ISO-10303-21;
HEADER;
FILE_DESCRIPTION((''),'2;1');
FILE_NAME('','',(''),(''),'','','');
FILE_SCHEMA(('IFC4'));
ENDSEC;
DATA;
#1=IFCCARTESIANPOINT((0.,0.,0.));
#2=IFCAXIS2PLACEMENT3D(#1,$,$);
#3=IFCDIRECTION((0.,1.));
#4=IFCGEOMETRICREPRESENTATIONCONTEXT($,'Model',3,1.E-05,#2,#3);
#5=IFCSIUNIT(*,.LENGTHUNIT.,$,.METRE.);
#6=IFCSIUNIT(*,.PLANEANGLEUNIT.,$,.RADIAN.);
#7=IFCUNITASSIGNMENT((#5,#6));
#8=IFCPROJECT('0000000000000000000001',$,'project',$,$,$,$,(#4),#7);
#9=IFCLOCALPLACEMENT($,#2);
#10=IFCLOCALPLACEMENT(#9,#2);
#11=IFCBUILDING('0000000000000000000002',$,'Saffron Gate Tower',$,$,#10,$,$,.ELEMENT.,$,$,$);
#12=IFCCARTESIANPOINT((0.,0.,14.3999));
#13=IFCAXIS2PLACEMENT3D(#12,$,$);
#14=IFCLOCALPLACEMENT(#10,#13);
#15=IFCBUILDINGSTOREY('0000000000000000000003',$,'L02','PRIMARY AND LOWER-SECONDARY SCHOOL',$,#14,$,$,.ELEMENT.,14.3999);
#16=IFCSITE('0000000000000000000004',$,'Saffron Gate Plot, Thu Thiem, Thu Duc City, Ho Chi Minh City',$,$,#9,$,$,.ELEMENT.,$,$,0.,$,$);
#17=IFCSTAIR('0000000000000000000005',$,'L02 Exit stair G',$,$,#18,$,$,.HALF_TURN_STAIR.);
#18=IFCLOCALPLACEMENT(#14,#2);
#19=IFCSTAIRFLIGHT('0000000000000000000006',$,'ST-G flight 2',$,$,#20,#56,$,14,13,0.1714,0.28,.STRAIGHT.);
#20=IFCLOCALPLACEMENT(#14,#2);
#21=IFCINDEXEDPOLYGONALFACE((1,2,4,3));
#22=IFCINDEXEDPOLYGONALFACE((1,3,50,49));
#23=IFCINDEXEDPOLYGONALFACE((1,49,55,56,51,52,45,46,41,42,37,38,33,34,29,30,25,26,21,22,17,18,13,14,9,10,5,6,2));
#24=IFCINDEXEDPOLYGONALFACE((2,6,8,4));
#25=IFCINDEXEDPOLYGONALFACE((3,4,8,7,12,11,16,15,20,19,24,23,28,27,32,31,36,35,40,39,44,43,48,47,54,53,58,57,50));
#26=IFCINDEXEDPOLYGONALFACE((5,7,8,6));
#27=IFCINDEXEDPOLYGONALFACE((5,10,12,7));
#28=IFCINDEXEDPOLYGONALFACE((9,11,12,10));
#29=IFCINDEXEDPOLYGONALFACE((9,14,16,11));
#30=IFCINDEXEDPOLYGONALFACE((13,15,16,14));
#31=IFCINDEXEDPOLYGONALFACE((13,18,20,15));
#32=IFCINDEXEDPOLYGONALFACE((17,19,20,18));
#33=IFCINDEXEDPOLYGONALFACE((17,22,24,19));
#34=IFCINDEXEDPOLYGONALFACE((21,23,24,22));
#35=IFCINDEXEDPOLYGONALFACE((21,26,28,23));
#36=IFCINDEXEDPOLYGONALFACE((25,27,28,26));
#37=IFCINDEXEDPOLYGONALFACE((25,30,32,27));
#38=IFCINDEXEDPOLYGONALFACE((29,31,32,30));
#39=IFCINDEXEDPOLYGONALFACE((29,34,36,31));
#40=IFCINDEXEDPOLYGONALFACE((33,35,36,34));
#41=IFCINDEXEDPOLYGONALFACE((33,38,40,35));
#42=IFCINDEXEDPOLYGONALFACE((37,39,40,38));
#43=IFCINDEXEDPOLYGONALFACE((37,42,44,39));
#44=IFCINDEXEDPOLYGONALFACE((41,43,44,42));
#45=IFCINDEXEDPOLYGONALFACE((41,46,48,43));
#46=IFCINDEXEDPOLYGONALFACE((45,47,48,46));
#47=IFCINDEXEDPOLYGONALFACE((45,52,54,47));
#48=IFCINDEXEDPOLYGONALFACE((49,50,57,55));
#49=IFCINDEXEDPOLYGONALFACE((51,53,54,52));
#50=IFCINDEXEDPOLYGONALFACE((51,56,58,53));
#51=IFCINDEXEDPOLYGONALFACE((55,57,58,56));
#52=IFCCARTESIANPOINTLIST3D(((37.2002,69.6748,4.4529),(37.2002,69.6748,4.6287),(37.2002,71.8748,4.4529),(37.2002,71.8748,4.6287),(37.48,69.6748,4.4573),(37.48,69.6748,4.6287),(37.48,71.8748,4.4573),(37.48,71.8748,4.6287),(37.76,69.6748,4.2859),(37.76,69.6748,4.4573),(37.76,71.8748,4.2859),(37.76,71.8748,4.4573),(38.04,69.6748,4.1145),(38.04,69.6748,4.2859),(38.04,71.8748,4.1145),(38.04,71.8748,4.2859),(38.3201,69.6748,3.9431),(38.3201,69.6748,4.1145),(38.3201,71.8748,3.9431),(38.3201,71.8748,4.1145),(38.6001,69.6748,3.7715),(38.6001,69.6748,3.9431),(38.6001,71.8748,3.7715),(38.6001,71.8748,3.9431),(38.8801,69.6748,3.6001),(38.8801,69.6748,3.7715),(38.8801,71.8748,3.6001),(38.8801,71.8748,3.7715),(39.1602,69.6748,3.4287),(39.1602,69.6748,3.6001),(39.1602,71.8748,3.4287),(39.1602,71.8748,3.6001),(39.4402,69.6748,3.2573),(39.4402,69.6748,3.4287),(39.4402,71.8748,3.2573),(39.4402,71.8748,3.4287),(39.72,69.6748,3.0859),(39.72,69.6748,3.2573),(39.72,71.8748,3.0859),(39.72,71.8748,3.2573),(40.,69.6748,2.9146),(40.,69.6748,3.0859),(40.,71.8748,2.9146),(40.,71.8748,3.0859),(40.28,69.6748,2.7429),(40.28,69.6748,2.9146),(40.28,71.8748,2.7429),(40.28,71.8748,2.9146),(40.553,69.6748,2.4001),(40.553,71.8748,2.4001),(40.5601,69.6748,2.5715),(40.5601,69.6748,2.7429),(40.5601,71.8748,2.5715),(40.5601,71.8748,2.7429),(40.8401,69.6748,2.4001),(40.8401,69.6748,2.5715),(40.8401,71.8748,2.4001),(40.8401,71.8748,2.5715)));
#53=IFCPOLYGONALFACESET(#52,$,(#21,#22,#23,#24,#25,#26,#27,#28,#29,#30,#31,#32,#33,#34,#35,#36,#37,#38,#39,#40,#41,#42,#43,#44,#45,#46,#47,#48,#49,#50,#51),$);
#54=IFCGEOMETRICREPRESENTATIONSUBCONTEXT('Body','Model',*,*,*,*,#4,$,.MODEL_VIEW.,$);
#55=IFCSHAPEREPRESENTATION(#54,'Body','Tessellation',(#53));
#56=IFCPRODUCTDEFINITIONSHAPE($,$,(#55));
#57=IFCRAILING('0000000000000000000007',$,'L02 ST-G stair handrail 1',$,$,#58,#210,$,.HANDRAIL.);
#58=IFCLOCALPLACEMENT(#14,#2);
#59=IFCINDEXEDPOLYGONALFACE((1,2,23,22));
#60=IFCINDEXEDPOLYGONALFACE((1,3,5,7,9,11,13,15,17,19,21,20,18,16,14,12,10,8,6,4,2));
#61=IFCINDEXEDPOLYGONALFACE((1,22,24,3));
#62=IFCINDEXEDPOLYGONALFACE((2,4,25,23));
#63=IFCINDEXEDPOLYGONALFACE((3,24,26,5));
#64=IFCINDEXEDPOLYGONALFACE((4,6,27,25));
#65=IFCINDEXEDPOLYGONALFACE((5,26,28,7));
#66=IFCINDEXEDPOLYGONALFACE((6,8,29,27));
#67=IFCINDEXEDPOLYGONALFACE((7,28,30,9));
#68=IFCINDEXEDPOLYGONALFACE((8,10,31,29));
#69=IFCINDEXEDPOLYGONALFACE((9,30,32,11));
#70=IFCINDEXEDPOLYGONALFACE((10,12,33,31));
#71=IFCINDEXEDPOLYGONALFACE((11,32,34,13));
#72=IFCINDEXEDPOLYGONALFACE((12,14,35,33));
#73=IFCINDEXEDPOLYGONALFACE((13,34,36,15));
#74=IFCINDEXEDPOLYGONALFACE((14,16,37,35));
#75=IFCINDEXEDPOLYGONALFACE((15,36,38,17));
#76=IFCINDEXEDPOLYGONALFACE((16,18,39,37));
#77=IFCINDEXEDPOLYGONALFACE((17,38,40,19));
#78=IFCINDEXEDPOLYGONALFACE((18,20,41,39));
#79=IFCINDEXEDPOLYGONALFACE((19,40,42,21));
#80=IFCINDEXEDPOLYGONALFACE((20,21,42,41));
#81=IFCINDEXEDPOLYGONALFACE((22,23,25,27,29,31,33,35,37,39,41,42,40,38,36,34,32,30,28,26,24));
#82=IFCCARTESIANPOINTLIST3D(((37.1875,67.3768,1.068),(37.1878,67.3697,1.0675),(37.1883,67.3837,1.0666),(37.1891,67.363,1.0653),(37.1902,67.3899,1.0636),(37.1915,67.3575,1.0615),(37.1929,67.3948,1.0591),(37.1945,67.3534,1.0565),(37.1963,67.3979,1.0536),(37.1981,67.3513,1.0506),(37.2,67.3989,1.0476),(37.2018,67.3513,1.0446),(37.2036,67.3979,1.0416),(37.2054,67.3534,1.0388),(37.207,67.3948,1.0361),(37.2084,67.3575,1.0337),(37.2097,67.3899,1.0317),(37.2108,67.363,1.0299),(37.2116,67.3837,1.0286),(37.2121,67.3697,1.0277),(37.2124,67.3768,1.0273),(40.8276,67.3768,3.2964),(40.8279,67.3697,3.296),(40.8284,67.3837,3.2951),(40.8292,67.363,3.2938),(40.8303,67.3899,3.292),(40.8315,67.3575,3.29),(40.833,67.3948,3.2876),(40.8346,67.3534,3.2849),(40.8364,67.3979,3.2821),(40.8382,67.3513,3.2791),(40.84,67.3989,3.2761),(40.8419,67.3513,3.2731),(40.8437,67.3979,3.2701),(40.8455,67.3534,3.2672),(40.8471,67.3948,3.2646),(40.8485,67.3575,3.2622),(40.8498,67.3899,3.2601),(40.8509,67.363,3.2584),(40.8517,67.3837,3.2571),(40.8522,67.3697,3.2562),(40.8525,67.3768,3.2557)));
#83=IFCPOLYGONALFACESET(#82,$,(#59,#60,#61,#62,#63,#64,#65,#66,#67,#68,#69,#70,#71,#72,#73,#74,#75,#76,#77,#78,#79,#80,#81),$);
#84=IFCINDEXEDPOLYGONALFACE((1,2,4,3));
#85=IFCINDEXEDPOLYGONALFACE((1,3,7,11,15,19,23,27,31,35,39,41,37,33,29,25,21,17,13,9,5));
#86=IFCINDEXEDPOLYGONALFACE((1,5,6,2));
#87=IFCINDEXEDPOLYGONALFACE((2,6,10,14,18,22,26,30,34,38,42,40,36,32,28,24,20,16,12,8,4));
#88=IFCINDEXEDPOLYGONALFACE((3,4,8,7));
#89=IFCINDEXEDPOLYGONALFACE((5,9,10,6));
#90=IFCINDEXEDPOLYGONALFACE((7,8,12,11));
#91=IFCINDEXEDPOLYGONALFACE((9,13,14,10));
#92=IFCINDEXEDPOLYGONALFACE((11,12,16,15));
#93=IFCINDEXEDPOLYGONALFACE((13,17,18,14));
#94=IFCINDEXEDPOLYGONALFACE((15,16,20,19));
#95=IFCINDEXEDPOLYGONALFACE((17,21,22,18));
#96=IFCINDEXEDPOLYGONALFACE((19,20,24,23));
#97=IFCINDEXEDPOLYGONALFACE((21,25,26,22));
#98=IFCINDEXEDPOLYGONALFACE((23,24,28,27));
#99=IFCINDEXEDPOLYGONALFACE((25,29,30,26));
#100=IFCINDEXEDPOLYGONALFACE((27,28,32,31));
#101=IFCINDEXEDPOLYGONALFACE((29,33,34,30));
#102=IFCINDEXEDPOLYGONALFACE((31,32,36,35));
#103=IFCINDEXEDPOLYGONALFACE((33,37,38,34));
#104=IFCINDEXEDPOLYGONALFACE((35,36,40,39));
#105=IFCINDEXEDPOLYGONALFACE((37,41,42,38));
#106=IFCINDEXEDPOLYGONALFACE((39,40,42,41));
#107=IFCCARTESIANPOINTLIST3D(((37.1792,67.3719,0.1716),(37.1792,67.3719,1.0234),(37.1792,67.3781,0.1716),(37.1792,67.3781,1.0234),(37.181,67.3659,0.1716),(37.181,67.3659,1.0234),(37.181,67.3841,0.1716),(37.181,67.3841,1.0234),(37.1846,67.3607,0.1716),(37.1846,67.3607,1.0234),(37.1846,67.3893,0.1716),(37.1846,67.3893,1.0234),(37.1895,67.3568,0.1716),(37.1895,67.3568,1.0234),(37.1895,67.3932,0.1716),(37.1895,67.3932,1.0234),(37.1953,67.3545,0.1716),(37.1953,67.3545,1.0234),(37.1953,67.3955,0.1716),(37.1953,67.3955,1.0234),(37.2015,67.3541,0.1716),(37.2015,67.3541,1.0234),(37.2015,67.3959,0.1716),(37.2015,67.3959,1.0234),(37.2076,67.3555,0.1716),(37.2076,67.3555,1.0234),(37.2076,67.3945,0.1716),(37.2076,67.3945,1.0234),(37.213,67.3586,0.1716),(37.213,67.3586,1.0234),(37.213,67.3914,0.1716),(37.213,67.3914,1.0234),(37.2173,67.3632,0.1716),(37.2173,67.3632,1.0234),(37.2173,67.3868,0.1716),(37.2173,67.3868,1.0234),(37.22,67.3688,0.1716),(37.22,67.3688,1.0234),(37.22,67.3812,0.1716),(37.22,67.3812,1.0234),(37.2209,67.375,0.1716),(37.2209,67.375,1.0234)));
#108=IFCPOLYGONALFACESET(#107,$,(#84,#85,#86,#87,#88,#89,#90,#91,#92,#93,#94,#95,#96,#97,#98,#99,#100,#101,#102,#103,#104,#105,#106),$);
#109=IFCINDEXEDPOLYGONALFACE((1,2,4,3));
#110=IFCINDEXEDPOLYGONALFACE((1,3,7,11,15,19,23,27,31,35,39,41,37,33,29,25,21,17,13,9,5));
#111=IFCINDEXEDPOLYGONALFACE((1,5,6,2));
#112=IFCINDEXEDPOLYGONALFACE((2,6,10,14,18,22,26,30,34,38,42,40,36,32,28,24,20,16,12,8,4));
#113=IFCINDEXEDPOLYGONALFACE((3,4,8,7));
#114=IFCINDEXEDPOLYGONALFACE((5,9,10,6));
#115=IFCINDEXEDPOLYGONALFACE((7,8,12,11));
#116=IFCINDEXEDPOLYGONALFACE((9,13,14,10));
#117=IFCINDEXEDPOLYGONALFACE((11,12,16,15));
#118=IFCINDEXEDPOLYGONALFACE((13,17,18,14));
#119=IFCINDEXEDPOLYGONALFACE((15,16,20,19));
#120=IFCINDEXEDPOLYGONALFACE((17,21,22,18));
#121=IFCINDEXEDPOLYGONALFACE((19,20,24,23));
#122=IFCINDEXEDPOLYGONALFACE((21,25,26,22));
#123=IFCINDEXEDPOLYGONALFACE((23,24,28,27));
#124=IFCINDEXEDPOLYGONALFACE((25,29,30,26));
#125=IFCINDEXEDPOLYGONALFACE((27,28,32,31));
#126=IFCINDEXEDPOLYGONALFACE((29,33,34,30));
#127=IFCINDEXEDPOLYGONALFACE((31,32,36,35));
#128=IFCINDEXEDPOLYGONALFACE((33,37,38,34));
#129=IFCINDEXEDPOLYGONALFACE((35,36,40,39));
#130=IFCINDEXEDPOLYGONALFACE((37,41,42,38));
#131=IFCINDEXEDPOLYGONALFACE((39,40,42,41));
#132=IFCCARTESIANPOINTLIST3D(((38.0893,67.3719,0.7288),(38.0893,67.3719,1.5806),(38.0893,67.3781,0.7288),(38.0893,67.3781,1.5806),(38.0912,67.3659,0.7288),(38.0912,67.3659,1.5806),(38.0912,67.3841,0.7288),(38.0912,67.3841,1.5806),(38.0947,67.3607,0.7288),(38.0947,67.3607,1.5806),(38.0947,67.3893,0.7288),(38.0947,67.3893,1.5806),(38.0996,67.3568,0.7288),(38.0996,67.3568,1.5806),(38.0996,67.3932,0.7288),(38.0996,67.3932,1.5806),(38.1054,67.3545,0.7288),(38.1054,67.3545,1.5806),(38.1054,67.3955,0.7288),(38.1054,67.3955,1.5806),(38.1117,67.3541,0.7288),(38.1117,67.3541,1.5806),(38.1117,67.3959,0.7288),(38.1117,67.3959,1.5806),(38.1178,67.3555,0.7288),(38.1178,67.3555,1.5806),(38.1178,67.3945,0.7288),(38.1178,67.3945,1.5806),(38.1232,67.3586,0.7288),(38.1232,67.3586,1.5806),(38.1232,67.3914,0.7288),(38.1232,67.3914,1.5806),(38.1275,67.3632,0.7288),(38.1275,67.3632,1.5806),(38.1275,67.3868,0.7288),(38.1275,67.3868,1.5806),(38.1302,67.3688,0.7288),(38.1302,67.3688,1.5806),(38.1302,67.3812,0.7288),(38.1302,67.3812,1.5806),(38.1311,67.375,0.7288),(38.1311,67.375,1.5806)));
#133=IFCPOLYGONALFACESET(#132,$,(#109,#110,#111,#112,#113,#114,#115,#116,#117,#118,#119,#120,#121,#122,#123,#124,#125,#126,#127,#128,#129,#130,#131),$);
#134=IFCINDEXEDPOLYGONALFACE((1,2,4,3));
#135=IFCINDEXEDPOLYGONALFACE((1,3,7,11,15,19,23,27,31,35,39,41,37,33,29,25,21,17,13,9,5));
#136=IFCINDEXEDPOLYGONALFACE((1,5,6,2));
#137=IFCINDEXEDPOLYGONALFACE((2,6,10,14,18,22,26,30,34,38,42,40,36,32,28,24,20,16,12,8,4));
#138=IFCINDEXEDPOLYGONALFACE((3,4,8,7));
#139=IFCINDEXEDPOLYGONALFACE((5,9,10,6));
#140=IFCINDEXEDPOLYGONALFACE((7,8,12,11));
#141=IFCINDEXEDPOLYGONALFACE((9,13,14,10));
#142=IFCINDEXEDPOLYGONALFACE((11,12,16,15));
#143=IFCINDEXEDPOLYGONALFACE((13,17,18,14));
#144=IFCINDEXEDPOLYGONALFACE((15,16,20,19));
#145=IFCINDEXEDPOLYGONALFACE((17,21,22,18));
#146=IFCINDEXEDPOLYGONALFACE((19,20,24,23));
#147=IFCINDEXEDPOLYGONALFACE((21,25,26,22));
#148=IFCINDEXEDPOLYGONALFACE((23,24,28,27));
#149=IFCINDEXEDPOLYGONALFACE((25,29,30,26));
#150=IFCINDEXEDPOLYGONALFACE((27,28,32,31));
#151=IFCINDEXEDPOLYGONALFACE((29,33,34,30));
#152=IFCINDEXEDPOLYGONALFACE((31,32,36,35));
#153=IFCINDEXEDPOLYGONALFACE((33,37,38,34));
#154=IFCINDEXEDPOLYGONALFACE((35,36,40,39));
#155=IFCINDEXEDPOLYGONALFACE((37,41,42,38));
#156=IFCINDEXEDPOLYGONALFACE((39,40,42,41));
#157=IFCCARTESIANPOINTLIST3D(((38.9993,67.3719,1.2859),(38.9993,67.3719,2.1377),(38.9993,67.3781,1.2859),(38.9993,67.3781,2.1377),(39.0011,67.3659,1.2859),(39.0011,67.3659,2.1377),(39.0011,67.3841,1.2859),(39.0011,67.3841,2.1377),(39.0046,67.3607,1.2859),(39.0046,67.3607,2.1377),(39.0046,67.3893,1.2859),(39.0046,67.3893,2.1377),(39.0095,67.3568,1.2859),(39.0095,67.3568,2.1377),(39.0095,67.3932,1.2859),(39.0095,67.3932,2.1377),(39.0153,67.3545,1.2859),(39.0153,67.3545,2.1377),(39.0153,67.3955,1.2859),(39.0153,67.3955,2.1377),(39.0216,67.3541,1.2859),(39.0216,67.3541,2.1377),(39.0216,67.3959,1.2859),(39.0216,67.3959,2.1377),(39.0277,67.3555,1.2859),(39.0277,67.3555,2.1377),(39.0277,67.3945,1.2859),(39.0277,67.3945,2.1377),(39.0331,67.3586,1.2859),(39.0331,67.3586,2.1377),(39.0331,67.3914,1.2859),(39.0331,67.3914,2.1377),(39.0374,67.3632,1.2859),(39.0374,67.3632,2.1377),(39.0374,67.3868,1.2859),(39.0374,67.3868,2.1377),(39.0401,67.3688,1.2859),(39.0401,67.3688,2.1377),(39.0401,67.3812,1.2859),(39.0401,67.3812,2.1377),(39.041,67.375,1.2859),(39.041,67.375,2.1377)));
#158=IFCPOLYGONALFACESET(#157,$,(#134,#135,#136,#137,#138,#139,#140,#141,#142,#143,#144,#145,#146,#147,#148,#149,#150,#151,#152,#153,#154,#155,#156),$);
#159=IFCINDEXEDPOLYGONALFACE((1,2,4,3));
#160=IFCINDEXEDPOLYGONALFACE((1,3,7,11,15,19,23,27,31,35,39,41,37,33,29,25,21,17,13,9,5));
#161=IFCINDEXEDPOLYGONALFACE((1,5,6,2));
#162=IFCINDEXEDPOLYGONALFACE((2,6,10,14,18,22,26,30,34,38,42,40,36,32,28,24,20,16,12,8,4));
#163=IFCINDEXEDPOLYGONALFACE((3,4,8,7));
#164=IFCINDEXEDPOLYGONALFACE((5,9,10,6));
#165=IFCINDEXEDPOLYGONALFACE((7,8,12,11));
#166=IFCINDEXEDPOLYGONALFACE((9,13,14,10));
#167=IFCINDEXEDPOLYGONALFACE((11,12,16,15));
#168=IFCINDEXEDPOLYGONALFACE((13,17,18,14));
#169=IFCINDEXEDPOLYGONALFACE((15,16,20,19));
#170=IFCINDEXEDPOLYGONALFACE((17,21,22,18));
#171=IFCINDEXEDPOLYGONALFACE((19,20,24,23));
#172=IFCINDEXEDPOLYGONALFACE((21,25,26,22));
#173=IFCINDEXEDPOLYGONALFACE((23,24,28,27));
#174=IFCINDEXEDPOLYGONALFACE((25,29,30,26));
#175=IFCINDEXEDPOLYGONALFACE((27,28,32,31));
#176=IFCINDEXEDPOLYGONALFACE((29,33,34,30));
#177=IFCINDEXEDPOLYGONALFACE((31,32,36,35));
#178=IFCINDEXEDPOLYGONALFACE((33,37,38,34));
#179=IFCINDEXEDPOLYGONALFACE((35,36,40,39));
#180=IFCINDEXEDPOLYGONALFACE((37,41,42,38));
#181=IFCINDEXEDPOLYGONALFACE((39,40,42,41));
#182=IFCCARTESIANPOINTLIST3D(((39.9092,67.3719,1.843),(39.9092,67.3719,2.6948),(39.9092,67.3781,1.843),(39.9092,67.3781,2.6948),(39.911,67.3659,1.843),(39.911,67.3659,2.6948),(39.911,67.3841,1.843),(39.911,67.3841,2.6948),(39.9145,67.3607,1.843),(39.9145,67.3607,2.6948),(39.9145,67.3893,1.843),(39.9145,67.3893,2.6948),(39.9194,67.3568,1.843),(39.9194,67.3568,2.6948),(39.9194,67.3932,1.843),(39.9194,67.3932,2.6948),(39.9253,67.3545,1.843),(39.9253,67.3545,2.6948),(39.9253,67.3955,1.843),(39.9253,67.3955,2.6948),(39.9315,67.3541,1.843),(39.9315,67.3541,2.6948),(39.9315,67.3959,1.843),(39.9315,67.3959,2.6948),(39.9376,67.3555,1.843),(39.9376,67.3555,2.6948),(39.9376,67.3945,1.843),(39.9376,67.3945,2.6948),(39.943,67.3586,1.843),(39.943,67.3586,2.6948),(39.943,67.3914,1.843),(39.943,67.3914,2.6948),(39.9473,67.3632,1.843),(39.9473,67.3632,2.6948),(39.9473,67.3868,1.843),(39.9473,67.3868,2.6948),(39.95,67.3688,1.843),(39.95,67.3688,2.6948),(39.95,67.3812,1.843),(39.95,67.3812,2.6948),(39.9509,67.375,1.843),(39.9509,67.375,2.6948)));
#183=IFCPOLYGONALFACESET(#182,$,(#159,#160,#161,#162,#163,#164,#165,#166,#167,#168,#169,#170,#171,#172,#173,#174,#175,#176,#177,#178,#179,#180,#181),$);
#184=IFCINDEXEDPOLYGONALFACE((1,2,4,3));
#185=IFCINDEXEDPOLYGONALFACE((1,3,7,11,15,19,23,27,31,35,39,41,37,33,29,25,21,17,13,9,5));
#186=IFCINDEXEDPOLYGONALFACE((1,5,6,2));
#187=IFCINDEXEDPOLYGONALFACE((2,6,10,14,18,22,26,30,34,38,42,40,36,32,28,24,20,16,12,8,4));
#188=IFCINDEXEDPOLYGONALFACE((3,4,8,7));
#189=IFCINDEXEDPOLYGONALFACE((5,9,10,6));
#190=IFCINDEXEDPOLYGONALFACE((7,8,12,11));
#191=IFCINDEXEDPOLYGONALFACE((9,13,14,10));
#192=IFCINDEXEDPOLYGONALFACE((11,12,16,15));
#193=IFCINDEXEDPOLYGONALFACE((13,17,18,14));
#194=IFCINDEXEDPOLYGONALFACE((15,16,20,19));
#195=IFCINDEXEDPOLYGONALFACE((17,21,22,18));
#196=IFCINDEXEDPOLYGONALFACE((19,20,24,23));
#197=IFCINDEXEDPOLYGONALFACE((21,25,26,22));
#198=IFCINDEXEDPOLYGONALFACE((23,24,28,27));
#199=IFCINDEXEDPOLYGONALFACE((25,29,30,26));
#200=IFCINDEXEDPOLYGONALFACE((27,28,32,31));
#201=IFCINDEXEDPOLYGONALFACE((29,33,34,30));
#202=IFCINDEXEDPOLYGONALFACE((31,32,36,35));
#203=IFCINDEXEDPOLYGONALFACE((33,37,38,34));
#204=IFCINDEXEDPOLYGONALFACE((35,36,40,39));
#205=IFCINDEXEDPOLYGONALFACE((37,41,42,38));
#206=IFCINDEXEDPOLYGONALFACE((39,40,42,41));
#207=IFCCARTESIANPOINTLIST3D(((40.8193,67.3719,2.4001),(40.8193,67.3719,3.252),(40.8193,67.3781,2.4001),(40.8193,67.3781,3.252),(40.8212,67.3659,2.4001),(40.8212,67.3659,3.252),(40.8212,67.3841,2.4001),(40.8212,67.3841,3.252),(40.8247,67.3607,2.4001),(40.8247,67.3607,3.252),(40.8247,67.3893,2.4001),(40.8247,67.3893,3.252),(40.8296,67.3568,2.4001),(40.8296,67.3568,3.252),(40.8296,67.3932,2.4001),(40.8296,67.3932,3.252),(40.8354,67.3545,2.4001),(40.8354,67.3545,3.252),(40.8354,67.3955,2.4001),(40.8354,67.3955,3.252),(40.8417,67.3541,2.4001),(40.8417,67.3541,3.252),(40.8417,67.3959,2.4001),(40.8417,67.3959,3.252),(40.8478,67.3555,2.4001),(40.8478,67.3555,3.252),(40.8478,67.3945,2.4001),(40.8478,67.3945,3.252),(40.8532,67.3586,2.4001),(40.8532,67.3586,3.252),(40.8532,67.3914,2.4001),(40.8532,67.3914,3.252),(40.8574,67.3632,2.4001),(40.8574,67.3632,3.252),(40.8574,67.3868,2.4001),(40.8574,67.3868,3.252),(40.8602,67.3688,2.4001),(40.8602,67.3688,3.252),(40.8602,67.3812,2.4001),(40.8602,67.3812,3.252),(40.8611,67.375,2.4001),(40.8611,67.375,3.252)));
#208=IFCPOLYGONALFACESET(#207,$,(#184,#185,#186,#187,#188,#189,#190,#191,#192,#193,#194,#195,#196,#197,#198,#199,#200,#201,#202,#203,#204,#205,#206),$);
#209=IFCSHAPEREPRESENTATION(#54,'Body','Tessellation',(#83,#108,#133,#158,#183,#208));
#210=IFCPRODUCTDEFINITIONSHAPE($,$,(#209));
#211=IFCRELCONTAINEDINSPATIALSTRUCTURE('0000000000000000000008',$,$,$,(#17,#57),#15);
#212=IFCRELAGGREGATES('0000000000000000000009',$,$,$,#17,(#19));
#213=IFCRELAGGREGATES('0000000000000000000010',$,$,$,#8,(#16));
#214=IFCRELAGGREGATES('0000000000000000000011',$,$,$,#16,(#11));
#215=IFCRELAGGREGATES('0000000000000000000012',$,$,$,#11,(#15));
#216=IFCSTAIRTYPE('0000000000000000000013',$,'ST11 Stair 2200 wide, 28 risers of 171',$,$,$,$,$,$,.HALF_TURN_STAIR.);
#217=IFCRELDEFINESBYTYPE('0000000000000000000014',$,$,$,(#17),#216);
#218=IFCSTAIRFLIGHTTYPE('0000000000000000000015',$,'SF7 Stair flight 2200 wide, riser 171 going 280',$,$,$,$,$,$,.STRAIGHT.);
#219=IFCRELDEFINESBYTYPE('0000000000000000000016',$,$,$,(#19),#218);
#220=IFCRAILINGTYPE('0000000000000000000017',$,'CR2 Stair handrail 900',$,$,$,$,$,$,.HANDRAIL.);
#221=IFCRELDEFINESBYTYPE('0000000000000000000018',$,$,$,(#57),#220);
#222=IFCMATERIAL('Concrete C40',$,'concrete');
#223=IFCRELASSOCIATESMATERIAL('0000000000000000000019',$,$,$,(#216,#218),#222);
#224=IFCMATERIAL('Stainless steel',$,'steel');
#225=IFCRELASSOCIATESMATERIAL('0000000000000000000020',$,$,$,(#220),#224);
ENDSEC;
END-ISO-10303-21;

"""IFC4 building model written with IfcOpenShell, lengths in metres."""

from ifc_helpers import new_model, si_unit, direction, frame, origin, origin_2d, place, context, subcontext, project, spatial, polyline, circle, outline, extrude, material, type_object, element, aggregate, save


model = new_model("IFC4")

# Units and contexts
model_context = context("Model", 3, precision=1e-05, world=origin(), true_north=direction((0.0, 1.0)))
body_context = subcontext(model_context, "Body", "Model", "MODEL_VIEW")
ifc_project = project(units=[si_unit("LENGTHUNIT", "METRE"), si_unit("PLANEANGLEUNIT", "RADIAN")], contexts=[model_context])

# Site, building, storey
site_placement = place(None, origin())
site = spatial("IfcSite", under=ifc_project, at=site_placement, Name="Saffron Gate Plot, Thu Thiem, Thu Duc City, Ho Chi Minh City", CompositionType="ELEMENT", RefElevation=0.0)
building_placement = place(site_placement, origin())
building = spatial("IfcBuilding", under=site, at=building_placement, Name="Saffron Gate Tower", CompositionType="ELEMENT")
storey_placement = place(building_placement, frame((0.0, 0.0, 14.3999)))
storey = spatial("IfcBuildingStorey", under=building, at=storey_placement, Name="L02", Description="PRIMARY AND LOWER-SECONDARY SCHOOL", CompositionType="ELEMENT", Elevation=14.3999)

# Stair, stair flight
ifc_material_1 = material(Name="Concrete C40", Category="concrete")
stair_type = type_object("IfcStairType", Name="ST11 Stair 2200 wide, 28 risers of 171", PredefinedType="HALF_TURN_STAIR", material=ifc_material_1)
stair_placement = place(storey_placement, origin())
stair = element("IfcStair", 1, at=stair_placement, inside=storey, type_object=stair_type, Name="L02 Exit stair G", PredefinedType="HALF_TURN_STAIR")
stair_flight_type = type_object("IfcStairFlightType", Name="SF7 Stair flight 2200 wide, riser 171 going 280", PredefinedType="STRAIGHT", material=ifc_material_1)
stair_flight_1_placement = place(storey_placement, frame((40.8401, 70.7749, 2.4001), z_axis=(0.0, 0.0, 1.0), x_axis=(-1.0, 0.0, 0.0)))
stair_flight_1 = element("IfcStairFlight", 2, at=stair_flight_1_placement, type_object=stair_flight_type, Name="ST-G flight 2", NumberOfRisers=14, NumberOfTreads=13, PredefinedType="STRAIGHT", RiserHeight=0.1714, TreadLength=0.28, context=body_context, shape_type="SweptSolid", body=[
    extrude(outline(polyline([(0.0, 0.0), (0.0, 0.1714), (0.28, 0.1714), (0.28, 0.3428), (0.5601, 0.3428), (0.5601, 0.5144), (0.8401, 0.5144), (0.8401, 0.6858), (1.1201, 0.6858), (1.1201, 0.8572), (1.3999, 0.8572), (1.3999, 1.0286), (1.6799, 1.0286), (1.6799, 1.2), (1.96, 1.2), (1.96, 1.3713), (2.24, 1.3713), (2.24, 1.543), (2.52, 1.543), (2.52, 1.7144), (2.8, 1.7144), (2.8, 1.8857), (3.0801, 1.8857), (3.0801, 2.0571), (3.3601, 2.0571), (3.3601, 2.2285), (3.6399, 2.2285), (3.6399, 2.3999), (3.6399, 2.0527), (0.2871, 0.0), (0.0, 0.0)])), frame((0.0, 1.1001, 0.0), z_axis=(0.0, -1.0, 0.0), x_axis=(1.0, 0.0, 0.0)), (0.0, 0.0, 1.0), 2.2),
])
aggregate(stair, [stair_flight_1])

# Railing
ifc_material_2 = material(Name="Stainless steel", Category="steel")
railing_type_1 = type_object("IfcRailingType", Name="CR2 Stair handrail 900", PredefinedType="HANDRAIL", material=ifc_material_2)
railing_1_placement = place(storey_placement, frame((37.2, 67.375, 0.1716)))
element("IfcRailing", 3, at=railing_1_placement, inside=storey, type_object=railing_type_1, Name="L02 ST-G stair handrail 1", PredefinedType="HANDRAIL", context=body_context, shape_type="SweptSolid", body=[
    extrude(circle(Radius=0.0239, at=origin_2d()), frame((0.0, 0.0, 0.876), z_axis=(0.852866, 0.0, 0.52213), x_axis=(0.0, 1.0, 0.0)), (0.0, 0.0, 1.0), 4.2681),
    extrude(circle(Radius=0.021, at=origin_2d()), origin(), (0.0, 0.0, 1.0), 0.8518),
    extrude(circle(Radius=0.021, at=origin_2d()), frame((0.9102, 0.0, 0.5571)), (0.0, 0.0, 1.0), 0.8518),
    extrude(circle(Radius=0.021, at=origin_2d()), frame((1.8201, 0.0, 1.1143)), (0.0, 0.0, 1.0), 0.8518),
    extrude(circle(Radius=0.021, at=origin_2d()), frame((2.73, 0.0, 1.6714)), (0.0, 0.0, 1.0), 0.8518),
    extrude(circle(Radius=0.021, at=origin_2d()), frame((3.6401, 0.0, 2.2285)), (0.0, 0.0, 1.0), 0.8518),
])

save(model, "model.ifc")
